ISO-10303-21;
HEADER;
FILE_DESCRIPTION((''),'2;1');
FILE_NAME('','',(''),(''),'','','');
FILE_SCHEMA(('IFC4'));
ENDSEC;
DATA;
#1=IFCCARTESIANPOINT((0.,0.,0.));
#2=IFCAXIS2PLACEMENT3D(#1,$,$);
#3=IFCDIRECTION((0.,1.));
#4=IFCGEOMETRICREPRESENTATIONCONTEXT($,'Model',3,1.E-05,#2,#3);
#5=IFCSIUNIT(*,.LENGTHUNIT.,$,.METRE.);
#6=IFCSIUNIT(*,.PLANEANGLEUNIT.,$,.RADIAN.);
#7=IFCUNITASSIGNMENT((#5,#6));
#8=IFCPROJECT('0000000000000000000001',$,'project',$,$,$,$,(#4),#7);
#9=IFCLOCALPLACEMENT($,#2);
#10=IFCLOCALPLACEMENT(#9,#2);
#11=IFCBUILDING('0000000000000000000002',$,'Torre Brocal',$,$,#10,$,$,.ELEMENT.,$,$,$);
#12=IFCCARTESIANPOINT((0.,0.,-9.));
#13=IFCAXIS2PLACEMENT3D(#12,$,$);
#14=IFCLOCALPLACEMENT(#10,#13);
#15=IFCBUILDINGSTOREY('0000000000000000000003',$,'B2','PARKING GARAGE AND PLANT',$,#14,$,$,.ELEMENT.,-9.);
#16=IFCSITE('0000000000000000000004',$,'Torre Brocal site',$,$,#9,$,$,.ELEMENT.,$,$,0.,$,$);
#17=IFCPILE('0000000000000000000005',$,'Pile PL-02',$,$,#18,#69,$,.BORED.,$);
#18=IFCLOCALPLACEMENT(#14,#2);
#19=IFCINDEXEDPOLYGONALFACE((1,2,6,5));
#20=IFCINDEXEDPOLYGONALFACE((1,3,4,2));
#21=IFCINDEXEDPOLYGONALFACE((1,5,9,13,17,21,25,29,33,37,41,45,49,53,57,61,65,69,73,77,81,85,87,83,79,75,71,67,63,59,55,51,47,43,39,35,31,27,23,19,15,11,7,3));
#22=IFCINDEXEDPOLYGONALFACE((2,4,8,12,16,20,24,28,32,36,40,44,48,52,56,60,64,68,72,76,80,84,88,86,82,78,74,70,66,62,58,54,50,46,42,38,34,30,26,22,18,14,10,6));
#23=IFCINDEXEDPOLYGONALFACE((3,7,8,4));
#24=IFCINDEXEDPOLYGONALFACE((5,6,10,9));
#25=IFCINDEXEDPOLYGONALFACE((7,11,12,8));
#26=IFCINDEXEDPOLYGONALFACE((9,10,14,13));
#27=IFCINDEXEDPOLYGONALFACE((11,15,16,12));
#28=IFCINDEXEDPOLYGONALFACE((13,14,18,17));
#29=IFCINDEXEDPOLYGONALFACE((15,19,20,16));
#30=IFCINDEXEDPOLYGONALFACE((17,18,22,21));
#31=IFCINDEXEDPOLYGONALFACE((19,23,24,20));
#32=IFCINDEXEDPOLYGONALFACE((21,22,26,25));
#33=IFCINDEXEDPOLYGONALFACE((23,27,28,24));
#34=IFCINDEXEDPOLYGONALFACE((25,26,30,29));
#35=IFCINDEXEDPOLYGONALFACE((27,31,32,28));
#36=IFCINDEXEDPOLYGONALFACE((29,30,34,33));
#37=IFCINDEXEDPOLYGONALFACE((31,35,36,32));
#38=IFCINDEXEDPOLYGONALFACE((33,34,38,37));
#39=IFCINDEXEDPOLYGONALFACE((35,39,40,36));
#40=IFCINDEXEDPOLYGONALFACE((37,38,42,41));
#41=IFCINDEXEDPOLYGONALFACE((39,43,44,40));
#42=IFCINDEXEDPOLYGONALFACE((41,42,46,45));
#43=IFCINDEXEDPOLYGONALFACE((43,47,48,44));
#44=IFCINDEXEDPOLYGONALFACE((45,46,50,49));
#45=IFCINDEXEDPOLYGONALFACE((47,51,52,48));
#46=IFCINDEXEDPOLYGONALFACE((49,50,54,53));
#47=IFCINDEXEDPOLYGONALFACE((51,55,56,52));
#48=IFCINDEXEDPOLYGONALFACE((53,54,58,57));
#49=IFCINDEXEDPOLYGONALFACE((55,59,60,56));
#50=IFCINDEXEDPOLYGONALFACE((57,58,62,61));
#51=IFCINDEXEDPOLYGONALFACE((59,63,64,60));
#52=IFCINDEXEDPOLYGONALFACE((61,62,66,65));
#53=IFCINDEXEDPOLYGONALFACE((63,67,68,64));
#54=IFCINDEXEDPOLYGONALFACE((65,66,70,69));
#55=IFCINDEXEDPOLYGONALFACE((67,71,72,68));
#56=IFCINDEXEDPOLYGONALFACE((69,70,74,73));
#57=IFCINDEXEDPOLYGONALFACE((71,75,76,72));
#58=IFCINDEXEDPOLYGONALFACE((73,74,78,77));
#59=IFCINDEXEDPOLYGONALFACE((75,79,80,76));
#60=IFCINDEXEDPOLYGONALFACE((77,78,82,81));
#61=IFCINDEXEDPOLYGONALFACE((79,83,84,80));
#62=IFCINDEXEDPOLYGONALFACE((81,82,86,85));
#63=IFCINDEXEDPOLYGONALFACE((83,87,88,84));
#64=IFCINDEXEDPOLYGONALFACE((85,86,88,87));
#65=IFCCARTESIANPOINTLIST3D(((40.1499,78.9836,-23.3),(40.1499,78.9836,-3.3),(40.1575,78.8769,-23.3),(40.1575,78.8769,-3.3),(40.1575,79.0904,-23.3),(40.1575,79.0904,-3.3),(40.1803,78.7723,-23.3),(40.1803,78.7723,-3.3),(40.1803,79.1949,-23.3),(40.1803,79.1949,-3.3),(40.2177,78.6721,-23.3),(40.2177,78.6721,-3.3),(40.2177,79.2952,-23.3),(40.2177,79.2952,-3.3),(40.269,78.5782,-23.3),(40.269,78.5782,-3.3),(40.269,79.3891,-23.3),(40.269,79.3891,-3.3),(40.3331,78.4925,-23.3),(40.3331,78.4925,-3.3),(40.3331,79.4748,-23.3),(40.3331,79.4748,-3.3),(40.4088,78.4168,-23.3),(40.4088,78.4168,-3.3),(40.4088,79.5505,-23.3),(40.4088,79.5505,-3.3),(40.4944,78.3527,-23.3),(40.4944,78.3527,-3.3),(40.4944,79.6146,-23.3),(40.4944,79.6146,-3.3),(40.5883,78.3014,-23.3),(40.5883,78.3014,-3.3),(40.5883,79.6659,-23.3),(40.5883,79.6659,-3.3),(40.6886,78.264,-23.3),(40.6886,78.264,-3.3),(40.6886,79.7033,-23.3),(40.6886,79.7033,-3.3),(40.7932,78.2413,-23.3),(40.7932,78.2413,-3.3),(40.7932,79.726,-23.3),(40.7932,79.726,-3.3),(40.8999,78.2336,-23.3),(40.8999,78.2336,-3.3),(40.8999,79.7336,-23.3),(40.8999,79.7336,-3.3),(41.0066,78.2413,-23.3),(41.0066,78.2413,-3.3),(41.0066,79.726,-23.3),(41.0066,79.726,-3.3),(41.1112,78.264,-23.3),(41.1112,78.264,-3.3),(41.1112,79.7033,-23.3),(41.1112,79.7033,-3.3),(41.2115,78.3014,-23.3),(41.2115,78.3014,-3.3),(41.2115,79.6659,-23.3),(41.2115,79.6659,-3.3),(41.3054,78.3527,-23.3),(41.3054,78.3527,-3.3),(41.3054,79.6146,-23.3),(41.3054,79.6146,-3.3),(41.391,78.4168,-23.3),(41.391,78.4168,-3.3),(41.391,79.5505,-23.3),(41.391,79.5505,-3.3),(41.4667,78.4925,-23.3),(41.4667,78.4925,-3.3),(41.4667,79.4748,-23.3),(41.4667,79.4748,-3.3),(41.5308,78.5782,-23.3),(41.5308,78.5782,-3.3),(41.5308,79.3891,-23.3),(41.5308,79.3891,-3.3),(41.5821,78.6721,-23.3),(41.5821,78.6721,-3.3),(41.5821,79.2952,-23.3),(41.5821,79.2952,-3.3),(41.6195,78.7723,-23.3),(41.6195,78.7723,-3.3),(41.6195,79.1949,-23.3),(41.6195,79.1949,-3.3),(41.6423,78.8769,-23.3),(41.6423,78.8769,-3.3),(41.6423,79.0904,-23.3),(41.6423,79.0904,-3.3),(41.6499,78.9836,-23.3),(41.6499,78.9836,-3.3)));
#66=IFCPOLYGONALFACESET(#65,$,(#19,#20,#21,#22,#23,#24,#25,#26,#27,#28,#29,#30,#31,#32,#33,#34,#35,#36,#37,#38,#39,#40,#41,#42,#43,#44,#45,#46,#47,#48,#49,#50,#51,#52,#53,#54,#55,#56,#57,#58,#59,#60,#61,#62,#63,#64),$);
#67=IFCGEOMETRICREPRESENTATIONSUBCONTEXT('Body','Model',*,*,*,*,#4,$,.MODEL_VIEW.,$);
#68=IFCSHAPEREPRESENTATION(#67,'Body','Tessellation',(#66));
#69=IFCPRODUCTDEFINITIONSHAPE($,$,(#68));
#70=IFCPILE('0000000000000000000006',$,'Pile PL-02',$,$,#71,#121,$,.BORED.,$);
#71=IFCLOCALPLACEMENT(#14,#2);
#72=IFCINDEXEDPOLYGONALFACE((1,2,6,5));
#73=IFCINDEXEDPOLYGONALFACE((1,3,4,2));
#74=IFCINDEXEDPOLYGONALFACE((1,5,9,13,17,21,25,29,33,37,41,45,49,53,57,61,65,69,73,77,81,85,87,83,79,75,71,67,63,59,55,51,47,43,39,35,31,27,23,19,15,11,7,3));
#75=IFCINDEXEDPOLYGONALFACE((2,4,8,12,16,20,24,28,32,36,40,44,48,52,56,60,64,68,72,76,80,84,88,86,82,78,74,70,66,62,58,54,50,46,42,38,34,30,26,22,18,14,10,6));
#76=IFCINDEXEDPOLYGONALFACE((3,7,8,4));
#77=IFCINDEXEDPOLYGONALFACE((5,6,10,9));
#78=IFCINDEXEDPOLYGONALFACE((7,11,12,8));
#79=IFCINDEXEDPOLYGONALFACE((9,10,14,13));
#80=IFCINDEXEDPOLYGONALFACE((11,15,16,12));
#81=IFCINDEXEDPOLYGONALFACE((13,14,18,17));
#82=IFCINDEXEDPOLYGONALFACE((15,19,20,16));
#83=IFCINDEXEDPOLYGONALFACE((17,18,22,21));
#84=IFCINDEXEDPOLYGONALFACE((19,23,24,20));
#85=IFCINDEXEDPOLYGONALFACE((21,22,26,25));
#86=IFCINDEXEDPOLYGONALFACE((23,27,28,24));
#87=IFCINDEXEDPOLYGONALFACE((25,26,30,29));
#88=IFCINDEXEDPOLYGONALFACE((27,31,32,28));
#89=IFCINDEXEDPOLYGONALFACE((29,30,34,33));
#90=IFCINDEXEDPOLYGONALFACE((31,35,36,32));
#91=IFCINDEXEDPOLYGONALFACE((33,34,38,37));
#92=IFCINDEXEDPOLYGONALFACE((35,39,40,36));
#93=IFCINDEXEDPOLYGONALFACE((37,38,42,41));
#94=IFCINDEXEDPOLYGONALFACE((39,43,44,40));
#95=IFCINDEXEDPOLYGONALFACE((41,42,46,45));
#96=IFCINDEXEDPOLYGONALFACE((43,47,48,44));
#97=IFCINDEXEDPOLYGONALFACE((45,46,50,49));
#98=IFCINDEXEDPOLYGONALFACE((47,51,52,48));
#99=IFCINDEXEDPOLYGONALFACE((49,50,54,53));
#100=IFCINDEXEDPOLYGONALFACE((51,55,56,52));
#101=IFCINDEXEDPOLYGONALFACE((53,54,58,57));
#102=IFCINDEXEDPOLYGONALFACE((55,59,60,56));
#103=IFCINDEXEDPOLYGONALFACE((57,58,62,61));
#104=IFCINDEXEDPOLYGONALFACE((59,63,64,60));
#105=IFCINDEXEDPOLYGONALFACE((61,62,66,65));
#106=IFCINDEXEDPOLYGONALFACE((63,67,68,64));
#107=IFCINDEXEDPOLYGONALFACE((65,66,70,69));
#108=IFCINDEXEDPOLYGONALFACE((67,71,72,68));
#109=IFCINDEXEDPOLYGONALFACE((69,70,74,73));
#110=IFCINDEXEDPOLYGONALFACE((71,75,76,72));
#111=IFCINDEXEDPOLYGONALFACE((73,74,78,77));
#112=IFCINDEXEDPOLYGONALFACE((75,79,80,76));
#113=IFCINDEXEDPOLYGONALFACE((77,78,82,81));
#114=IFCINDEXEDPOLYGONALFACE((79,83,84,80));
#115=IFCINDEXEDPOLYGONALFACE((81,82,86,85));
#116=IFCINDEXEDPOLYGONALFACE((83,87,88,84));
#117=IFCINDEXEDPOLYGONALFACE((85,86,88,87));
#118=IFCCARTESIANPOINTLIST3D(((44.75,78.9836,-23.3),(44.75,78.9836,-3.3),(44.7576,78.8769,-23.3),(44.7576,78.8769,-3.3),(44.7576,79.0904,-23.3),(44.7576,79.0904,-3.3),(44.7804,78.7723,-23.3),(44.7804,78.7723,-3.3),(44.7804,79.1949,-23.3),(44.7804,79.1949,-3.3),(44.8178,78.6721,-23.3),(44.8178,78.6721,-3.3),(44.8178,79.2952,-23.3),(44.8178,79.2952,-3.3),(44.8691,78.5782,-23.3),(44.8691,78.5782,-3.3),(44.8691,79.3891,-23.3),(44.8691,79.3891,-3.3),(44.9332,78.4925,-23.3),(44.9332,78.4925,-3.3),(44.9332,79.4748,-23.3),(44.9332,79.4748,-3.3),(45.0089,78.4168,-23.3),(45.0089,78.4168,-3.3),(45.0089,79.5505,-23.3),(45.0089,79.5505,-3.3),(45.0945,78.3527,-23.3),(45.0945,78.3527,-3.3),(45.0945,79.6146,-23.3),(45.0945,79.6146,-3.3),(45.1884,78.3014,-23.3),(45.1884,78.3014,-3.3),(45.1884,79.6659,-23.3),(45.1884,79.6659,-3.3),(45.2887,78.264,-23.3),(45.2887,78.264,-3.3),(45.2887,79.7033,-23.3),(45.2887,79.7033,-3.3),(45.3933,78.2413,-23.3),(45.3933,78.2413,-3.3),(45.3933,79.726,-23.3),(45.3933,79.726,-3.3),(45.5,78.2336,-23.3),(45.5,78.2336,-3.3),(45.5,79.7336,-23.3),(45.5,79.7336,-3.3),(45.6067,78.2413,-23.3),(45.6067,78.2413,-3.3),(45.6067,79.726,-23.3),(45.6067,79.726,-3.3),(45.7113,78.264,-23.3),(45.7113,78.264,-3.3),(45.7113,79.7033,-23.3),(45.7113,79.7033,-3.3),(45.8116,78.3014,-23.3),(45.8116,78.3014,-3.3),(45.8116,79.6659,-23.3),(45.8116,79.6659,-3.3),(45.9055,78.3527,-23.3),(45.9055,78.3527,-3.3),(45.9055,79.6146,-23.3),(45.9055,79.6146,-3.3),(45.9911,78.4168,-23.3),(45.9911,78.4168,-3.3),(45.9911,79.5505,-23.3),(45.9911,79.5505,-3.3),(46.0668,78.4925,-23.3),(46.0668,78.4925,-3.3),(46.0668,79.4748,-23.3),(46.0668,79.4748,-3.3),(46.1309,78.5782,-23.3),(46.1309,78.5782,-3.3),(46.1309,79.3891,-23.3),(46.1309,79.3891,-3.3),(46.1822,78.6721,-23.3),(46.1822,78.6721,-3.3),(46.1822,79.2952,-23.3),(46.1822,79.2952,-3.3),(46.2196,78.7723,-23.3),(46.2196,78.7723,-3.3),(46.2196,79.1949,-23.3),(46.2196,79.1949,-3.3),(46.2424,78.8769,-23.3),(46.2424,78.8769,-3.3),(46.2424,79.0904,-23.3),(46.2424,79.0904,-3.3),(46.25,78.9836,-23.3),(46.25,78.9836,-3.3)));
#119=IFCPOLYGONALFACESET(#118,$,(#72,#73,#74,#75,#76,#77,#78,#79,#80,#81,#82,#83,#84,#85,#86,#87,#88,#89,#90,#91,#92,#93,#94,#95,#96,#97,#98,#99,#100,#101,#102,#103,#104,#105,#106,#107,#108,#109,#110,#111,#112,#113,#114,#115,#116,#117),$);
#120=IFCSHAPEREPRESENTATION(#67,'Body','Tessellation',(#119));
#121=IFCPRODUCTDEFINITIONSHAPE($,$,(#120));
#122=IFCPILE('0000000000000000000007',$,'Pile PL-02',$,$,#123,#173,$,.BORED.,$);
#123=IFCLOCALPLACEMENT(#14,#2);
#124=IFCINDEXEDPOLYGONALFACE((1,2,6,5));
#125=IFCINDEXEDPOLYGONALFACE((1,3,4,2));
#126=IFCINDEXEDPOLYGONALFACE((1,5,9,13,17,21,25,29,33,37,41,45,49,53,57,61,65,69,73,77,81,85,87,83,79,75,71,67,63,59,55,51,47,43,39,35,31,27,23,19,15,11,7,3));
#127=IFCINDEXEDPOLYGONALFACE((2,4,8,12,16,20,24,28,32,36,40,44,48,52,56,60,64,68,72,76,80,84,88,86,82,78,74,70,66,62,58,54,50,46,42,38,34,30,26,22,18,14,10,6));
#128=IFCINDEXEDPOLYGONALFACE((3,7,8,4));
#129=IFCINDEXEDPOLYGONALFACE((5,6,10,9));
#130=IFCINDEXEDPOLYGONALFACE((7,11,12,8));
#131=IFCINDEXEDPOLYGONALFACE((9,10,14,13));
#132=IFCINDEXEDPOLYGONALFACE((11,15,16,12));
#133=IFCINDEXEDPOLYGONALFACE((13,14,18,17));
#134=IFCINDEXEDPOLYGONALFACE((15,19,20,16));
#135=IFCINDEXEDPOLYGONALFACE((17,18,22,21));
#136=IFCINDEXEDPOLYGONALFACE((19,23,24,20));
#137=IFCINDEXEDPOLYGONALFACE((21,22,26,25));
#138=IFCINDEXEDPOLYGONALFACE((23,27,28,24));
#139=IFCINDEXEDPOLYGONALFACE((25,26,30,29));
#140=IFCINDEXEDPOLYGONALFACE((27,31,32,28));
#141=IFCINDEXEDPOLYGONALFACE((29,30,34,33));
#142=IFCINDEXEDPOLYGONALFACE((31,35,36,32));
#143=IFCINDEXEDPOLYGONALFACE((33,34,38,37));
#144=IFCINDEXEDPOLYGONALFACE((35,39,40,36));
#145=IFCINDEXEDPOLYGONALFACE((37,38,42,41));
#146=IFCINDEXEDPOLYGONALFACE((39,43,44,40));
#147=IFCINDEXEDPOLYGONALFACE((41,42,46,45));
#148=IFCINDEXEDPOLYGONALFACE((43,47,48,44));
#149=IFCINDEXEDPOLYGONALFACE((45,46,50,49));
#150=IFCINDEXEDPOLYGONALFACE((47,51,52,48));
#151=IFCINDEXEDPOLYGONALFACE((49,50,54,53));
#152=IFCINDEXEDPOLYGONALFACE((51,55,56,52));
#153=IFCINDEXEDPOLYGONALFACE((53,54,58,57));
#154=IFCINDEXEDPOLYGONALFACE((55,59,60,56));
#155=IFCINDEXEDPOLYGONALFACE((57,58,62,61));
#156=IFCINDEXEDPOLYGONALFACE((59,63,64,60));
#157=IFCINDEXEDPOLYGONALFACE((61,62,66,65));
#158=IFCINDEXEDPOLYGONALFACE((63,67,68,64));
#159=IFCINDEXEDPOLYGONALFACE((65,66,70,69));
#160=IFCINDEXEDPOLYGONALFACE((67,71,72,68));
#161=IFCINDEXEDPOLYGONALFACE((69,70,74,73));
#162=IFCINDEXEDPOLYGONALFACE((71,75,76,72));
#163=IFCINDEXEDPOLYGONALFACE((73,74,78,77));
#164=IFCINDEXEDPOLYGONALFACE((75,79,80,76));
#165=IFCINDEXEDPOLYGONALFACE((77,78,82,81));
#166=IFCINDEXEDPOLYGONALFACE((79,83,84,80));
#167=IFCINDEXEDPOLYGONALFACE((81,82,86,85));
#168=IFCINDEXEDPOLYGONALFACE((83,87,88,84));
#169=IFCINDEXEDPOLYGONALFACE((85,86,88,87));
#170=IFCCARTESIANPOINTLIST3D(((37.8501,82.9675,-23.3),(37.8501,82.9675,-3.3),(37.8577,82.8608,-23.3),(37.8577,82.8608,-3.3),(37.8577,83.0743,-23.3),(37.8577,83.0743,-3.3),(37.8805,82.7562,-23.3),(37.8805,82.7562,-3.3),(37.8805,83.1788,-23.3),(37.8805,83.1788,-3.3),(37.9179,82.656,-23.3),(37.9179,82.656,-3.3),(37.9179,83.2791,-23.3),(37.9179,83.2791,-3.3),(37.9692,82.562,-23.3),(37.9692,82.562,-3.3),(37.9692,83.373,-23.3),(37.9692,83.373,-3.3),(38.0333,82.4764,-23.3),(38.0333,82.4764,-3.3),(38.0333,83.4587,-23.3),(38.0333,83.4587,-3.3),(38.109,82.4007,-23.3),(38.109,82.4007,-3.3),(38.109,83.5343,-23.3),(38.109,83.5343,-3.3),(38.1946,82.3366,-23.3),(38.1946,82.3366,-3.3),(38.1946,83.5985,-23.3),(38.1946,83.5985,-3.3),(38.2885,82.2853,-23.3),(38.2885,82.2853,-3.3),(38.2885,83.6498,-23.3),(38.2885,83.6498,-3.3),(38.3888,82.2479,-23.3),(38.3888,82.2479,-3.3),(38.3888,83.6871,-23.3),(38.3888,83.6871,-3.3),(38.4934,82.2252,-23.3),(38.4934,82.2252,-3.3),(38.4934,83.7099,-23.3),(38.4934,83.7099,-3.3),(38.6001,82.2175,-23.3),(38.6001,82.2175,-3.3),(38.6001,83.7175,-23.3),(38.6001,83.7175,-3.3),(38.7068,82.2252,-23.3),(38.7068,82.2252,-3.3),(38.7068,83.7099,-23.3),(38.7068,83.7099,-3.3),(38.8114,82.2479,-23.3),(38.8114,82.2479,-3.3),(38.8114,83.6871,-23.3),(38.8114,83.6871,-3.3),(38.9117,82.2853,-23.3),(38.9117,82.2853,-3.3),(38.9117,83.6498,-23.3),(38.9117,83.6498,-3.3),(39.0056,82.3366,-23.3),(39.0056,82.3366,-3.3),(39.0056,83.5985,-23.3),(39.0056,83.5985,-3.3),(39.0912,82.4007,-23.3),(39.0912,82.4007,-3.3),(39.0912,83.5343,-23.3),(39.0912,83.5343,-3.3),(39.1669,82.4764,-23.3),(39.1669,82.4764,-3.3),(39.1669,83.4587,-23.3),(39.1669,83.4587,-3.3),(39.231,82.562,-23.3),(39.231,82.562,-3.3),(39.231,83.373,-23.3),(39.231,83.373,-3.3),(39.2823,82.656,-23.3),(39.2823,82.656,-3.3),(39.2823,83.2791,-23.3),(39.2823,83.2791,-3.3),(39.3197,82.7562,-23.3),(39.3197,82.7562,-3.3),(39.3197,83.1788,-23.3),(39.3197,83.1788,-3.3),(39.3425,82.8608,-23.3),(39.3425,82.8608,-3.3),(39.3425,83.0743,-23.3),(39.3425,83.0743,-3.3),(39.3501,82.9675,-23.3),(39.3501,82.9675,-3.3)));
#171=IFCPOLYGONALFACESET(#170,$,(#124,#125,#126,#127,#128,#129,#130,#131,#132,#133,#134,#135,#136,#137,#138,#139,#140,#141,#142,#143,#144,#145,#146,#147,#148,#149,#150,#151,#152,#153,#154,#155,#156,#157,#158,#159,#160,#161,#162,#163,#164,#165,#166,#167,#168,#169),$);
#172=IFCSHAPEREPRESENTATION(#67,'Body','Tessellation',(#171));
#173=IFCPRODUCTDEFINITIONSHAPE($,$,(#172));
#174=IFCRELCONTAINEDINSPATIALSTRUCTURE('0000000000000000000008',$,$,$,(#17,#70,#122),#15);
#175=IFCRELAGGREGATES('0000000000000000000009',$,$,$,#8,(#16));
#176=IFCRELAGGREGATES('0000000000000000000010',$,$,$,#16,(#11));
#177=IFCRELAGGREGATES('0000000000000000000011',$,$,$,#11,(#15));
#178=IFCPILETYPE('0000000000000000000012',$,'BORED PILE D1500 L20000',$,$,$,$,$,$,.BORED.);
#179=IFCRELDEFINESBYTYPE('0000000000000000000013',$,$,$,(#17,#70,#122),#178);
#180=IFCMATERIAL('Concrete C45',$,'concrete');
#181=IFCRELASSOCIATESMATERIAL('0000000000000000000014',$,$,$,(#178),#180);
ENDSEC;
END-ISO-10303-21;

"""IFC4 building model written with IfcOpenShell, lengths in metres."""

from ifc_helpers import new_model, si_unit, direction, frame, origin, origin_2d, place, context, subcontext, project, spatial, circle, extrude, material, material_profile, profile_set, type_object, element, save


model = new_model("IFC4")

# Units and contexts
model_context = context("Model", 3, precision=1e-05, world=origin(), true_north=direction((0.0, 1.0)))
body_context = subcontext(model_context, "Body", "Model", "MODEL_VIEW")
ifc_project = project(units=[si_unit("LENGTHUNIT", "METRE"), si_unit("PLANEANGLEUNIT", "RADIAN")], contexts=[model_context])

# Site, building, storey
site_placement = place(None, origin())
site = spatial("IfcSite", under=ifc_project, at=site_placement, Name="Torre Brocal site", CompositionType="ELEMENT", RefElevation=0.0)
building_placement = place(site_placement, origin())
building = spatial("IfcBuilding", under=site, at=building_placement, Name="Torre Brocal", CompositionType="ELEMENT")
storey_placement = place(building_placement, frame((0.0, 0.0, -9.0)))
storey = spatial("IfcBuildingStorey", under=building, at=storey_placement, Name="B2", Description="PARKING GARAGE AND PLANT", CompositionType="ELEMENT", Elevation=-9.0)

# Piles
ifc_material_1 = material(Name="Concrete C45", Category="concrete")
ifc_material_profile_1 = material_profile(ifc_material_1, circle(Radius=0.75, at=origin_2d()), Name="BORED PILE D1500")
ifc_profile_set_1 = profile_set([ifc_material_profile_1], Name="Concrete C45")
pile_type_1 = type_object("IfcPileType", Name="BORED PILE D1500 L20000", PredefinedType="BORED", material=ifc_profile_set_1)
for number, where, z_axis, x_axis, name in (
    (1, (40.8999, 78.9836, -3.3), (0.0, 0.0, -1.0), (1.0, 0.0, 0.0), "Pile PL-02"),
    (2, (45.5, 78.9836, -3.3), (0.0, 0.0, -1.0), (1.0, 0.0, 0.0), "Pile PL-02"),
    (3, (38.6001, 82.9675, -3.3), (0.0, 0.0, -1.0), (1.0, 0.0, 0.0), "Pile PL-02"),
):
    element("IfcPile", number, at=place(storey_placement, frame(where, z_axis=z_axis, x_axis=x_axis)), inside=storey, type_object=pile_type_1, Name=name, PredefinedType="BORED", context=body_context, shape_type="SweptSolid", body=[
        extrude(circle(Radius=0.75, at=origin_2d()), origin(), (0.0, 0.0, 1.0), 20.0),
    ])

save(model, "model.ifc")
